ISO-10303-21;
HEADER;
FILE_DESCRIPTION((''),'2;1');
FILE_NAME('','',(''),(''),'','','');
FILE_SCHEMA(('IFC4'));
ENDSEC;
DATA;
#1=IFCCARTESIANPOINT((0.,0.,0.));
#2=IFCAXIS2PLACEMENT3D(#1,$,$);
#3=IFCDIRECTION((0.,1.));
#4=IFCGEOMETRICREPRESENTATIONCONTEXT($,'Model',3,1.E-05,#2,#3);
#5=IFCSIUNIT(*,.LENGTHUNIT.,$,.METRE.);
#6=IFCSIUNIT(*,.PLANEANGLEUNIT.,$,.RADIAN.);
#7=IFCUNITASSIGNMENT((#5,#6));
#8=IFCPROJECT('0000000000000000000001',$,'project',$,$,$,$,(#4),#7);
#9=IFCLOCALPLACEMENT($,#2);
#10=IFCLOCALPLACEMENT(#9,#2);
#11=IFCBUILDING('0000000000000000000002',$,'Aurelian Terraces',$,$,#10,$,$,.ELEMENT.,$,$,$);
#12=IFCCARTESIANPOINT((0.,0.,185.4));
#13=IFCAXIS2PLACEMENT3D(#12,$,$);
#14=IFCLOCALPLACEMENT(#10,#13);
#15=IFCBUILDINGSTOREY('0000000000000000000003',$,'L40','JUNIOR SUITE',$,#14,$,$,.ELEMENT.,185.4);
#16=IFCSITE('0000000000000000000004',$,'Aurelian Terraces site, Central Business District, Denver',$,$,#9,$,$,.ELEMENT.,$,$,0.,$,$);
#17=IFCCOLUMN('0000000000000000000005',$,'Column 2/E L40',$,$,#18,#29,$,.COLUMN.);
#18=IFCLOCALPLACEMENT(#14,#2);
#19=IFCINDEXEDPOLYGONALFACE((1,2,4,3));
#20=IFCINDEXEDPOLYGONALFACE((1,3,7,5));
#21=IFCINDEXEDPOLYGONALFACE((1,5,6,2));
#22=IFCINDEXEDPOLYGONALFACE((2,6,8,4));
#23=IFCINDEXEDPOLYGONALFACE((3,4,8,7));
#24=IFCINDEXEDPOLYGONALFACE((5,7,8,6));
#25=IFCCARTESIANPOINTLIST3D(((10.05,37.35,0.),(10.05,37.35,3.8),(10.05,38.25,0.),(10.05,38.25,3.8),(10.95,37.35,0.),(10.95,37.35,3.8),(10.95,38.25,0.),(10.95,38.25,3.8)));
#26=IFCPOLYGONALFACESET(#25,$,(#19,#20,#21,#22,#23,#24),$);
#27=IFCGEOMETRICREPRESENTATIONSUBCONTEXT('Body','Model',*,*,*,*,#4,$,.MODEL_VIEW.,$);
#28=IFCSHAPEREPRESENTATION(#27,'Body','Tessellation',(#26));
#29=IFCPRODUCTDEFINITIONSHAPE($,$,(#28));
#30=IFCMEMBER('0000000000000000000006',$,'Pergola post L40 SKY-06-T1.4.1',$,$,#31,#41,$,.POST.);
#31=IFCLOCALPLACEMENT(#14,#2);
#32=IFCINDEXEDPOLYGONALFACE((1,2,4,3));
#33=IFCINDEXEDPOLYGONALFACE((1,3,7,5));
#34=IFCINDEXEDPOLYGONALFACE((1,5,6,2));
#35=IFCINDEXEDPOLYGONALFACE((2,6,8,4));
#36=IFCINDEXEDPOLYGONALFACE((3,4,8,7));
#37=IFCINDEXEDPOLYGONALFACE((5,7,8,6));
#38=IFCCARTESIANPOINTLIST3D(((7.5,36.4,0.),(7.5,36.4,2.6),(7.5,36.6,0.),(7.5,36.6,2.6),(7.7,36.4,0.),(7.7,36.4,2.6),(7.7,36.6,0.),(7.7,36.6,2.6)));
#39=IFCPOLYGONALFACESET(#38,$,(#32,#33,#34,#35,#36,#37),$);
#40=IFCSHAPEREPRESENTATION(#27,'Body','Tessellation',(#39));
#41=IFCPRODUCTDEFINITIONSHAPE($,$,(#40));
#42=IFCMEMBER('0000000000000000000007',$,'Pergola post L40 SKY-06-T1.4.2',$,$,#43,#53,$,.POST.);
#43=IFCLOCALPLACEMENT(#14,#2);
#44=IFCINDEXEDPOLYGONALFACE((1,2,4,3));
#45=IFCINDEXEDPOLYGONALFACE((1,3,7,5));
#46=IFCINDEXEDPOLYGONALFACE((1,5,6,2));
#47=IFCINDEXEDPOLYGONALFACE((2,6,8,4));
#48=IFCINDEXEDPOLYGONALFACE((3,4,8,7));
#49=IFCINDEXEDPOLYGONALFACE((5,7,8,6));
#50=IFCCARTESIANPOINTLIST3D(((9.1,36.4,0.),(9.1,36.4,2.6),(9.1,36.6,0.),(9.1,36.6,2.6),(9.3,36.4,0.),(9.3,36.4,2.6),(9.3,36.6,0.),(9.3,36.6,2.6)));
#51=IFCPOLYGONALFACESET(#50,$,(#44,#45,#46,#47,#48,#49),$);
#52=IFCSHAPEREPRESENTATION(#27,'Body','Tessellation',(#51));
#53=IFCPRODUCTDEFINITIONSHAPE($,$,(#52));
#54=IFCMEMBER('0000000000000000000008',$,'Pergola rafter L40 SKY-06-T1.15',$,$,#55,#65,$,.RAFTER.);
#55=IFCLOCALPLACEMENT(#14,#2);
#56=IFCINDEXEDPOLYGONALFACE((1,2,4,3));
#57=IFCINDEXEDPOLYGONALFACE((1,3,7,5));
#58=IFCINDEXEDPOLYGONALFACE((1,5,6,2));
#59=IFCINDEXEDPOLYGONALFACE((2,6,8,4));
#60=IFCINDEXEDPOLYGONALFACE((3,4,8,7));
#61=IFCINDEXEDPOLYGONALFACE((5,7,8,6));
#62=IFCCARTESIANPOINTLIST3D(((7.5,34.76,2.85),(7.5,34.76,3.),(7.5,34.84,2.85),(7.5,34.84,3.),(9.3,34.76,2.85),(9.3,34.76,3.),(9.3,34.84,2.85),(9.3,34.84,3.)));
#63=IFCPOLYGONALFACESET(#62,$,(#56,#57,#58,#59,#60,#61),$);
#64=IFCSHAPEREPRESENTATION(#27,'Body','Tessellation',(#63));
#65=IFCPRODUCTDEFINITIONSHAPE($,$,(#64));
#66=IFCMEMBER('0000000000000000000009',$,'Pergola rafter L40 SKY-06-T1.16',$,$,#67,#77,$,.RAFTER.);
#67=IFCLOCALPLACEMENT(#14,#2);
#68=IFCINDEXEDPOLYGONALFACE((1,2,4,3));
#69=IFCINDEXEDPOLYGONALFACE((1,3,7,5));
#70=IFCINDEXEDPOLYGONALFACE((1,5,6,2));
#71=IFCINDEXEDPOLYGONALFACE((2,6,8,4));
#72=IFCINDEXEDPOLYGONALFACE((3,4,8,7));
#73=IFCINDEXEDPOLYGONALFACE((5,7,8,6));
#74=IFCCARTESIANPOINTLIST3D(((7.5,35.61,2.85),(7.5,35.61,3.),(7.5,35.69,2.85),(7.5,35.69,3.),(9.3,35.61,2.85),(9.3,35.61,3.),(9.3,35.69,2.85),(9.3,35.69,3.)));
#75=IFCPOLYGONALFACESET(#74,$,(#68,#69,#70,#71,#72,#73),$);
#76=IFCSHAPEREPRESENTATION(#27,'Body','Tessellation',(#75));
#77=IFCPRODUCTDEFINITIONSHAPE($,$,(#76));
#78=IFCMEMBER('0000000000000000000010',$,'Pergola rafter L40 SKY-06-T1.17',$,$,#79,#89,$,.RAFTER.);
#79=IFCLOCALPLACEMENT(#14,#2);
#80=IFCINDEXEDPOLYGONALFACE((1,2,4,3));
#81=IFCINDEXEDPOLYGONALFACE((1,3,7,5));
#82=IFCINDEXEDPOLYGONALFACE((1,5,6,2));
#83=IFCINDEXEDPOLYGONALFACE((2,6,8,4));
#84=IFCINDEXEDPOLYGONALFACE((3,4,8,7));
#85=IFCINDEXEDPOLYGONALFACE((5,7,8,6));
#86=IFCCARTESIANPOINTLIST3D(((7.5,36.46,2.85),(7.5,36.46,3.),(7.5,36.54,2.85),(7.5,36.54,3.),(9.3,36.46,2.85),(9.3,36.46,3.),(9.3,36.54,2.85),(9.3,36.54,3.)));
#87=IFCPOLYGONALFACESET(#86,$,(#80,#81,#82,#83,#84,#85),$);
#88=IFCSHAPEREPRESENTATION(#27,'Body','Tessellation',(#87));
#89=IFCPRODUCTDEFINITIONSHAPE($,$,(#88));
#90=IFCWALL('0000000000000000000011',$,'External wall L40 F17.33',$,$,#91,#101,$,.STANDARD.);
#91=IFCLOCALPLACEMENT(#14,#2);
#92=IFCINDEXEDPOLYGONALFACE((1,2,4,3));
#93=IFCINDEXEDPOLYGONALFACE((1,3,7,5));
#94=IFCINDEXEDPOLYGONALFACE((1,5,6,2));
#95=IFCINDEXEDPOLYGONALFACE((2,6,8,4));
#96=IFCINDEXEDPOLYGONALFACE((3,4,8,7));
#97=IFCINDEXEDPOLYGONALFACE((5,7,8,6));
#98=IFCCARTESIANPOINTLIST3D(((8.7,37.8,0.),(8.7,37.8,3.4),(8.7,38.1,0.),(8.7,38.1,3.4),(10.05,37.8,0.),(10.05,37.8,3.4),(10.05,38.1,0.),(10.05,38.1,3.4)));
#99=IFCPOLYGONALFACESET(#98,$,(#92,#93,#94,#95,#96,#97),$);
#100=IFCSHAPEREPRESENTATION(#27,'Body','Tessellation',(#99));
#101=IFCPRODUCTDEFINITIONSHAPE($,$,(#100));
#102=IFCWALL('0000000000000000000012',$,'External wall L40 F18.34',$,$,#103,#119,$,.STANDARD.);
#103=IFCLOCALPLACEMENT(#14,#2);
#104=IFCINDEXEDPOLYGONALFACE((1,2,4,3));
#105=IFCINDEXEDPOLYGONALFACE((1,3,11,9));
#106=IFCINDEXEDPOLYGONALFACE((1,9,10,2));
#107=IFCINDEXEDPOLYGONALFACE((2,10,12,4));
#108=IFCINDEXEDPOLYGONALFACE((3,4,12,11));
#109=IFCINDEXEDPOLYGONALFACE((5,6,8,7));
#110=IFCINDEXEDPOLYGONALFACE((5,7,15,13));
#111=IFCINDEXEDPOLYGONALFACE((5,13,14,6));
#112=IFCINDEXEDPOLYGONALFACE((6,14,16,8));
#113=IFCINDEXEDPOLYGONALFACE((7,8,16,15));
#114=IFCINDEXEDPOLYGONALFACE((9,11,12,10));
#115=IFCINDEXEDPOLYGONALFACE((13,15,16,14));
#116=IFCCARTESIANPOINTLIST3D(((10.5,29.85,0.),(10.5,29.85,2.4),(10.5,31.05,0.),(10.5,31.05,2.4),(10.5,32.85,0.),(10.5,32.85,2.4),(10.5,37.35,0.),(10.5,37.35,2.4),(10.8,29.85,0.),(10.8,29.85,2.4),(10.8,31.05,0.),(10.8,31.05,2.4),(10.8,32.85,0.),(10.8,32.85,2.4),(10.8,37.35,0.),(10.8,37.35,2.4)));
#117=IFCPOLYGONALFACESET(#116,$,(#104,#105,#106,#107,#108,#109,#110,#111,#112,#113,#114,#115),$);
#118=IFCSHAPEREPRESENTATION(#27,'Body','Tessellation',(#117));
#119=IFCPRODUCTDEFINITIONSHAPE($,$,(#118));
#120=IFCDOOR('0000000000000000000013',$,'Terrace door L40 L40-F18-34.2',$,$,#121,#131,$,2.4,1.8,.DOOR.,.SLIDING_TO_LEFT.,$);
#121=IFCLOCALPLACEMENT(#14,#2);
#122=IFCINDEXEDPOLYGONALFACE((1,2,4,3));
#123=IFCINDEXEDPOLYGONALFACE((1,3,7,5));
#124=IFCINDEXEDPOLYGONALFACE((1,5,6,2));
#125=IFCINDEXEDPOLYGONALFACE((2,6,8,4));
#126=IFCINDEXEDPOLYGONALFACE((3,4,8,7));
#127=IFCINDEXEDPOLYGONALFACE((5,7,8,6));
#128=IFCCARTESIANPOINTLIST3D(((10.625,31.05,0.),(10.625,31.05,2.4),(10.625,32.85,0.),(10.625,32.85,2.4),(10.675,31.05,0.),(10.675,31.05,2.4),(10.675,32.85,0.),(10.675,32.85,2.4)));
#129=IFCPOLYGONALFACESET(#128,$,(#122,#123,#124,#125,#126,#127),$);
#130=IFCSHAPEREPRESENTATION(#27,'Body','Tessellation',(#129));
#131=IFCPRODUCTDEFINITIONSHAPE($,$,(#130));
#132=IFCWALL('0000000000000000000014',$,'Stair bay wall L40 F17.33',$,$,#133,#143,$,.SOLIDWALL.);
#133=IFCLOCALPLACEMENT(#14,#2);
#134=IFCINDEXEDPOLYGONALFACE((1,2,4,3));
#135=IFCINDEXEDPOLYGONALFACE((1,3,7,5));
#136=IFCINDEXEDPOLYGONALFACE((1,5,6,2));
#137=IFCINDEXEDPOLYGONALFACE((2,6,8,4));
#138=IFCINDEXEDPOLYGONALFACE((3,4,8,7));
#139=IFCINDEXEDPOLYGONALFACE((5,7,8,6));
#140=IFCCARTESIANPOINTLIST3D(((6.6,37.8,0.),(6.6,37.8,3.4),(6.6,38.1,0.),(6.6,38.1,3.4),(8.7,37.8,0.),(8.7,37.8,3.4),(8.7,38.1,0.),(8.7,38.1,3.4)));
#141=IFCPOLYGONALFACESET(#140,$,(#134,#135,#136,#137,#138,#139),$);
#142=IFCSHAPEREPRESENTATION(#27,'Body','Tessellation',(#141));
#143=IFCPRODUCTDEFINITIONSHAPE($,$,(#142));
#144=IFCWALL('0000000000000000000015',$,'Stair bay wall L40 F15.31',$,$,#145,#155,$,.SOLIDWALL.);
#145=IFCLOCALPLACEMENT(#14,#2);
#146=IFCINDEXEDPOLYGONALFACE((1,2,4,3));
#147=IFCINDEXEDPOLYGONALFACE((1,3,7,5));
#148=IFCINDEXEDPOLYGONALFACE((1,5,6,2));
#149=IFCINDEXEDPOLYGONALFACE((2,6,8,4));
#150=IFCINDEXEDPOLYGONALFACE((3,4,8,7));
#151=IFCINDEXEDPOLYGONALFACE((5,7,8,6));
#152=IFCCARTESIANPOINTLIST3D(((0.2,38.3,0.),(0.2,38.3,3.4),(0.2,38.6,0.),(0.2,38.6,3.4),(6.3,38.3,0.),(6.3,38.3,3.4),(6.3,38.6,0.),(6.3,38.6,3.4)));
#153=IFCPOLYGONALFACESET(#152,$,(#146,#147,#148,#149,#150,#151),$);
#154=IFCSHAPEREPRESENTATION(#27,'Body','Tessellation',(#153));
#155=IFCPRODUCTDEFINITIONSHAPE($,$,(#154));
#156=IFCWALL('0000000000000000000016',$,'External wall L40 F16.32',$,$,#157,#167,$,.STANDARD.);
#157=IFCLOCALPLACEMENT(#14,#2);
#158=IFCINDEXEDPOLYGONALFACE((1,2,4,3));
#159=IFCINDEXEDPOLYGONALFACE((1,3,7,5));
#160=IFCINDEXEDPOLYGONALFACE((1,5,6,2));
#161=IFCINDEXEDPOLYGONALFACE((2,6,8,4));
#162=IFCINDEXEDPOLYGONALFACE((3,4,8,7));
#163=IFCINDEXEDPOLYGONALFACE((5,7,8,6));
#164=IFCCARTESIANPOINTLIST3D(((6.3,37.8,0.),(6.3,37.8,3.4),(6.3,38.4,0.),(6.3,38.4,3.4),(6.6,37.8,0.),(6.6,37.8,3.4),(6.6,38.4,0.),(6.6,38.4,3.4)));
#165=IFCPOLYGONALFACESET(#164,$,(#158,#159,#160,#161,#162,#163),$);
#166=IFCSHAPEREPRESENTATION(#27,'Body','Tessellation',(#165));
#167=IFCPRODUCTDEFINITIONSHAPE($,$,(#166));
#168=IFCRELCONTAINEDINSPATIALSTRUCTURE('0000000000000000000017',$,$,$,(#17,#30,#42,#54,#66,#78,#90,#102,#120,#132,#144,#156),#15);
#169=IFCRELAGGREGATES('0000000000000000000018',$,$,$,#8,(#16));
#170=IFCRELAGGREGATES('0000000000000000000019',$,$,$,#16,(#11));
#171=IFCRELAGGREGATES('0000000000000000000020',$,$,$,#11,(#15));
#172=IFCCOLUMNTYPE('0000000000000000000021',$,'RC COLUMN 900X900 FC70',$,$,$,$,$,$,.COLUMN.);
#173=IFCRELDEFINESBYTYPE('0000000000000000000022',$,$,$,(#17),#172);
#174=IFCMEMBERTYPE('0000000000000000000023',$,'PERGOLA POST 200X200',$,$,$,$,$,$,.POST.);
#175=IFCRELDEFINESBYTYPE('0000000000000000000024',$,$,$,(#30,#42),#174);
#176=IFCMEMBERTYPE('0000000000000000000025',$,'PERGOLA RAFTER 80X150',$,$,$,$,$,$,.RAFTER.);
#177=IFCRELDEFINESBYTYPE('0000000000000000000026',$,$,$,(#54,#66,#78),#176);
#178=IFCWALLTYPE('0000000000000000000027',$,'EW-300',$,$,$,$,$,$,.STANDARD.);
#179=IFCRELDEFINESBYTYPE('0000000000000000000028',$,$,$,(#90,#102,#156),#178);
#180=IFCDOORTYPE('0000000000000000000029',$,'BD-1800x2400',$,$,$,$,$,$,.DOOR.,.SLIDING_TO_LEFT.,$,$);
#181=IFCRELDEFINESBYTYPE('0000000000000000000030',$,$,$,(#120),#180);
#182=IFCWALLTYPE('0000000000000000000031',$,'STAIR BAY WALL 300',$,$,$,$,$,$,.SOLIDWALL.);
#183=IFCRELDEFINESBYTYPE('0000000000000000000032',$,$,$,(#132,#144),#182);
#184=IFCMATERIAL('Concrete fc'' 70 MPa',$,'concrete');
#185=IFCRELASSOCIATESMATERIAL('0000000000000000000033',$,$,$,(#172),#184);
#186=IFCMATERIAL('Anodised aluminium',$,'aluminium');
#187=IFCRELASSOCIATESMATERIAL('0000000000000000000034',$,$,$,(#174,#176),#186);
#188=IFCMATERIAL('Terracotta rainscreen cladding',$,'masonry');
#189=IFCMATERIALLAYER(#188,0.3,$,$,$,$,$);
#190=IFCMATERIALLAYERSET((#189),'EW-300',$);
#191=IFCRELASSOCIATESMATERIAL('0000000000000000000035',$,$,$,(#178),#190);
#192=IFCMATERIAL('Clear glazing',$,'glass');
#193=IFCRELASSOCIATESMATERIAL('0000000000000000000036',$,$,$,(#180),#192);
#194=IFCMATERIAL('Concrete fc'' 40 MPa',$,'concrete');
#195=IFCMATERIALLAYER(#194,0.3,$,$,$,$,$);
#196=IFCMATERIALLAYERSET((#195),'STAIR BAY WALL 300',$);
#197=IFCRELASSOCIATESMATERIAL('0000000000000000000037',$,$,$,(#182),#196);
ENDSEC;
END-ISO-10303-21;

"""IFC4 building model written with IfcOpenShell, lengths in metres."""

from ifc_helpers import new_model, si_unit, direction, frame, frame_2d, origin, origin_2d, place, context, subcontext, project, spatial, rectangle, extrude, source, transform, mapped, material, layer, layer_set, material_profile, profile_set, type_object, element, fill, save


model = new_model("IFC4")

# Units and contexts
model_context = context("Model", 3, precision=1e-05, world=origin(), true_north=direction((0.0, 1.0)))
body_context = subcontext(model_context, "Body", "Model", "MODEL_VIEW")
ifc_project = project(units=[si_unit("LENGTHUNIT", "METRE"), si_unit("PLANEANGLEUNIT", "RADIAN")], contexts=[model_context])

# Site, building, storey
site_placement = place(None, origin())
site = spatial("IfcSite", under=ifc_project, at=site_placement, Name="Aurelian Terraces site, Central Business District, Denver", CompositionType="ELEMENT", RefElevation=0.0)
building_placement = place(site_placement, origin())
building = spatial("IfcBuilding", under=site, at=building_placement, Name="Aurelian Terraces", CompositionType="ELEMENT")
storey_placement = place(building_placement, frame((0.0, 0.0, 185.4)))
storey = spatial("IfcBuildingStorey", under=building, at=storey_placement, Name="L40", Description="JUNIOR SUITE", CompositionType="ELEMENT", Elevation=185.4)

# Column
ifc_material_1 = material(Name="Concrete fc' 70 MPa", Category="concrete")
ifc_material_profile_1 = material_profile(ifc_material_1, rectangle(XDim=0.9, YDim=0.9, at=origin_2d()))
ifc_profile_set_1 = profile_set([ifc_material_profile_1], Name="Concrete fc' 70 MPa")
column_type = type_object("IfcColumnType", Name="RC COLUMN 900X900 FC70", PredefinedType="COLUMN", material=ifc_profile_set_1)
shared_shape_1 = source(origin(), body_context, "Body", "SweptSolid", [
    extrude(rectangle(XDim=0.9, YDim=0.9, at=origin_2d()), origin(), (0.0, 0.0, 1.0), 3.8),
])
column_placement = place(storey_placement, frame((10.5, 37.8, 0.0), z_axis=(0.0, 0.0, 1.0), x_axis=(1.0, 0.0, 0.0)))
element("IfcColumn", 1, at=column_placement, inside=storey, type_object=column_type, Name="Column 2/E L40", PredefinedType="COLUMN", context=body_context, shape_type="MappedRepresentation", body=[
    mapped(shared_shape_1, transform((0.0, 0.0, 0.0), scale=1.0)),
])

# Members
ifc_material_2 = material(Name="Anodised aluminium", Category="aluminium")
ifc_material_profile_2 = material_profile(ifc_material_2, rectangle(XDim=0.2, YDim=0.2, at=origin_2d()))
ifc_profile_set_2 = profile_set([ifc_material_profile_2], Name="Anodised aluminium")
member_type_1 = type_object("IfcMemberType", Name="PERGOLA POST 200X200", PredefinedType="POST", material=ifc_profile_set_2)
shared_shape_2 = source(origin(), body_context, "Body", "SweptSolid", [
    extrude(rectangle(XDim=0.2, YDim=0.2, at=origin_2d()), origin(), (0.0, 0.0, 1.0), 2.6),
])
for number, where, z_axis, x_axis, name in (
    (2, (7.6, 36.5, 0.0), (0.0, 0.0, 1.0), (1.0, 0.0, 0.0), "Pergola post L40 SKY-06-T1.4.1"),
    (3, (9.2, 36.5, 0.0), (0.0, 0.0, 1.0), (1.0, 0.0, 0.0), "Pergola post L40 SKY-06-T1.4.2"),
):
    element("IfcMember", number, at=place(storey_placement, frame(where, z_axis=z_axis, x_axis=x_axis)), inside=storey, type_object=member_type_1, Name=name, PredefinedType="POST", context=body_context, shape_type="MappedRepresentation", body=[
        mapped(shared_shape_2, transform((0.0, 0.0, 0.0), scale=1.0)),
    ])
ifc_material_profile_3 = material_profile(ifc_material_2, rectangle(XDim=0.08, YDim=0.15, at=origin_2d()))
ifc_profile_set_3 = profile_set([ifc_material_profile_3], Name="Anodised aluminium")
member_type_2 = type_object("IfcMemberType", Name="PERGOLA RAFTER 80X150", PredefinedType="RAFTER", material=ifc_profile_set_3)
shared_shape_3 = source(origin(), body_context, "Body", "SweptSolid", [
    extrude(rectangle(XDim=0.08, YDim=0.15, at=origin_2d()), origin(), (0.0, 0.0, 1.0), 1.8),
])
for number, where, z_axis, x_axis, name in (
    (4, (7.5, 34.8, 2.925), (1.0, 0.0, 0.0), (0.0, 1.0, 0.0), "Pergola rafter L40 SKY-06-T1.15"),
    (5, (7.5, 35.65, 2.925), (1.0, 0.0, 0.0), (0.0, 1.0, 0.0), "Pergola rafter L40 SKY-06-T1.16"),
    (6, (7.5, 36.5, 2.925), (1.0, 0.0, 0.0), (0.0, 1.0, 0.0), "Pergola rafter L40 SKY-06-T1.17"),
):
    element("IfcMember", number, at=place(storey_placement, frame(where, z_axis=z_axis, x_axis=x_axis)), inside=storey, type_object=member_type_2, Name=name, PredefinedType="RAFTER", context=body_context, shape_type="MappedRepresentation", body=[
        mapped(shared_shape_3, transform((0.0, 0.0, 0.0), scale=1.0)),
    ])

# Wall
ifc_material_3 = material(Name="Terracotta rainscreen cladding", Category="masonry")
ifc_layer_1 = layer(ifc_material_3, 0.3)
ifc_layer_set_1 = layer_set([ifc_layer_1], Name="EW-300")
wall_type_1 = type_object("IfcWallType", Name="EW-300", PredefinedType="STANDARD", material=ifc_layer_set_1)
wall_1_placement = place(storey_placement, frame((8.7, 37.95, 0.0), z_axis=(0.0, 0.0, 1.0), x_axis=(1.0, 0.0, 0.0)))
element("IfcWall", 7, at=wall_1_placement, inside=storey, type_object=wall_type_1, Name="External wall L40 F17.33", PredefinedType="STANDARD", context=body_context, shape_type="SweptSolid", body=[
    extrude(rectangle(XDim=1.35, YDim=0.3, at=frame_2d((0.675, 0.0))), origin(), (0.0, 0.0, 1.0), 3.4),
])

# Wall, opening, door
wall_2_placement = place(storey_placement, frame((10.65, 37.35, 0.0), z_axis=(0.0, 0.0, 1.0), x_axis=(0.0, -1.0, 0.0)))
wall_2 = element("IfcWall", 8, at=wall_2_placement, inside=storey, type_object=wall_type_1, Name="External wall L40 F18.34", PredefinedType="STANDARD", context=body_context, shape_type="SweptSolid", body=[
    extrude(rectangle(XDim=7.5, YDim=0.3, at=frame_2d((3.75, 0.0))), origin(), (0.0, 0.0, 1.0), 2.4),
])
shared_shape_4 = source(origin(), body_context, "Body", "SweptSolid", [
    extrude(rectangle(XDim=1.8, YDim=2.4, at=frame_2d((0.9, 1.2))), frame((0.0, 0.16, 0.0), z_axis=(0.0, -1.0, 0.0), x_axis=(1.0, 0.0, 0.0)), (0.0, 0.0, 1.0), 0.32),
])
opening_1_placement = place(wall_2_placement, frame((4.5, 0.0, 0.0)))
opening_1 = element("IfcOpeningElement", 9, at=opening_1_placement, cuts=wall_2, PredefinedType="OPENING", context=body_context, shape_type="MappedRepresentation", body=[
    mapped(shared_shape_4, transform((0.0, 0.0, 0.0), scale=1.0)),
])
ifc_material_4 = material(Name="Clear glazing", Category="glass")
door_type_1 = type_object("IfcDoorType", Name="BD-1800x2400", OperationType="SLIDING_TO_LEFT", PredefinedType="DOOR", material=ifc_material_4)
shared_shape_5 = source(origin(), body_context, "Body", "SweptSolid", [
    extrude(rectangle(XDim=1.8, YDim=2.4, at=frame_2d((0.9, 1.2))), frame((0.0, 0.025, 0.0), z_axis=(0.0, -1.0, 0.0), x_axis=(1.0, 0.0, 0.0)), (0.0, 0.0, 1.0), 0.05),
])
door_1_placement = place(opening_1_placement, origin())
door_1 = element("IfcDoor", 10, at=door_1_placement, inside=storey, type_object=door_type_1, Name="Terrace door L40 L40-F18-34.2", OperationType="SLIDING_TO_LEFT", OverallHeight=2.4, OverallWidth=1.8, PredefinedType="DOOR", context=body_context, shape_type="MappedRepresentation", body=[
    mapped(shared_shape_5, transform((0.0, 0.0, 0.0), scale=1.0)),
])
fill(opening_1, door_1)

# Walls
ifc_material_5 = material(Name="Concrete fc' 40 MPa", Category="concrete")
ifc_layer_2 = layer(ifc_material_5, 0.3)
ifc_layer_set_2 = layer_set([ifc_layer_2], Name="STAIR BAY WALL 300")
wall_type_2 = type_object("IfcWallType", Name="STAIR BAY WALL 300", PredefinedType="SOLIDWALL", material=ifc_layer_set_2)
wall_3_placement = place(storey_placement, frame((6.6, 37.95, 0.0), z_axis=(0.0, 0.0, 1.0), x_axis=(1.0, 0.0, 0.0)))
element("IfcWall", 11, at=wall_3_placement, inside=storey, type_object=wall_type_2, Name="Stair bay wall L40 F17.33", PredefinedType="SOLIDWALL", context=body_context, shape_type="SweptSolid", body=[
    extrude(rectangle(XDim=2.1, YDim=0.3, at=frame_2d((1.05, 0.0))), origin(), (0.0, 0.0, 1.0), 3.4),
])
shared_shape_6 = source(origin(), body_context, "Body", "SweptSolid", [
    extrude(rectangle(XDim=6.1, YDim=0.3, at=frame_2d((3.05, 0.0))), origin(), (0.0, 0.0, 1.0), 3.4),
])
wall_4_placement = place(storey_placement, frame((0.2, 38.45, 0.0), z_axis=(0.0, 0.0, 1.0), x_axis=(1.0, 0.0, 0.0)))
element("IfcWall", 12, at=wall_4_placement, inside=storey, type_object=wall_type_2, Name="Stair bay wall L40 F15.31", PredefinedType="SOLIDWALL", context=body_context, shape_type="MappedRepresentation", body=[
    mapped(shared_shape_6, transform((0.0, 0.0, 0.0), scale=1.0)),
])
shared_shape_7 = source(origin(), body_context, "Body", "SweptSolid", [
    extrude(rectangle(XDim=0.6, YDim=0.3, at=frame_2d((0.3, 0.0))), origin(), (0.0, 0.0, 1.0), 3.4),
])
wall_5_placement = place(storey_placement, frame((6.45, 38.4, 0.0), z_axis=(0.0, 0.0, 1.0), x_axis=(0.0, -1.0, 0.0)))
element("IfcWall", 13, at=wall_5_placement, inside=storey, type_object=wall_type_1, Name="External wall L40 F16.32", PredefinedType="STANDARD", context=body_context, shape_type="MappedRepresentation", body=[
    mapped(shared_shape_7, transform((0.0, 0.0, 0.0), scale=1.0)),
])

save(model, "model.ifc")
